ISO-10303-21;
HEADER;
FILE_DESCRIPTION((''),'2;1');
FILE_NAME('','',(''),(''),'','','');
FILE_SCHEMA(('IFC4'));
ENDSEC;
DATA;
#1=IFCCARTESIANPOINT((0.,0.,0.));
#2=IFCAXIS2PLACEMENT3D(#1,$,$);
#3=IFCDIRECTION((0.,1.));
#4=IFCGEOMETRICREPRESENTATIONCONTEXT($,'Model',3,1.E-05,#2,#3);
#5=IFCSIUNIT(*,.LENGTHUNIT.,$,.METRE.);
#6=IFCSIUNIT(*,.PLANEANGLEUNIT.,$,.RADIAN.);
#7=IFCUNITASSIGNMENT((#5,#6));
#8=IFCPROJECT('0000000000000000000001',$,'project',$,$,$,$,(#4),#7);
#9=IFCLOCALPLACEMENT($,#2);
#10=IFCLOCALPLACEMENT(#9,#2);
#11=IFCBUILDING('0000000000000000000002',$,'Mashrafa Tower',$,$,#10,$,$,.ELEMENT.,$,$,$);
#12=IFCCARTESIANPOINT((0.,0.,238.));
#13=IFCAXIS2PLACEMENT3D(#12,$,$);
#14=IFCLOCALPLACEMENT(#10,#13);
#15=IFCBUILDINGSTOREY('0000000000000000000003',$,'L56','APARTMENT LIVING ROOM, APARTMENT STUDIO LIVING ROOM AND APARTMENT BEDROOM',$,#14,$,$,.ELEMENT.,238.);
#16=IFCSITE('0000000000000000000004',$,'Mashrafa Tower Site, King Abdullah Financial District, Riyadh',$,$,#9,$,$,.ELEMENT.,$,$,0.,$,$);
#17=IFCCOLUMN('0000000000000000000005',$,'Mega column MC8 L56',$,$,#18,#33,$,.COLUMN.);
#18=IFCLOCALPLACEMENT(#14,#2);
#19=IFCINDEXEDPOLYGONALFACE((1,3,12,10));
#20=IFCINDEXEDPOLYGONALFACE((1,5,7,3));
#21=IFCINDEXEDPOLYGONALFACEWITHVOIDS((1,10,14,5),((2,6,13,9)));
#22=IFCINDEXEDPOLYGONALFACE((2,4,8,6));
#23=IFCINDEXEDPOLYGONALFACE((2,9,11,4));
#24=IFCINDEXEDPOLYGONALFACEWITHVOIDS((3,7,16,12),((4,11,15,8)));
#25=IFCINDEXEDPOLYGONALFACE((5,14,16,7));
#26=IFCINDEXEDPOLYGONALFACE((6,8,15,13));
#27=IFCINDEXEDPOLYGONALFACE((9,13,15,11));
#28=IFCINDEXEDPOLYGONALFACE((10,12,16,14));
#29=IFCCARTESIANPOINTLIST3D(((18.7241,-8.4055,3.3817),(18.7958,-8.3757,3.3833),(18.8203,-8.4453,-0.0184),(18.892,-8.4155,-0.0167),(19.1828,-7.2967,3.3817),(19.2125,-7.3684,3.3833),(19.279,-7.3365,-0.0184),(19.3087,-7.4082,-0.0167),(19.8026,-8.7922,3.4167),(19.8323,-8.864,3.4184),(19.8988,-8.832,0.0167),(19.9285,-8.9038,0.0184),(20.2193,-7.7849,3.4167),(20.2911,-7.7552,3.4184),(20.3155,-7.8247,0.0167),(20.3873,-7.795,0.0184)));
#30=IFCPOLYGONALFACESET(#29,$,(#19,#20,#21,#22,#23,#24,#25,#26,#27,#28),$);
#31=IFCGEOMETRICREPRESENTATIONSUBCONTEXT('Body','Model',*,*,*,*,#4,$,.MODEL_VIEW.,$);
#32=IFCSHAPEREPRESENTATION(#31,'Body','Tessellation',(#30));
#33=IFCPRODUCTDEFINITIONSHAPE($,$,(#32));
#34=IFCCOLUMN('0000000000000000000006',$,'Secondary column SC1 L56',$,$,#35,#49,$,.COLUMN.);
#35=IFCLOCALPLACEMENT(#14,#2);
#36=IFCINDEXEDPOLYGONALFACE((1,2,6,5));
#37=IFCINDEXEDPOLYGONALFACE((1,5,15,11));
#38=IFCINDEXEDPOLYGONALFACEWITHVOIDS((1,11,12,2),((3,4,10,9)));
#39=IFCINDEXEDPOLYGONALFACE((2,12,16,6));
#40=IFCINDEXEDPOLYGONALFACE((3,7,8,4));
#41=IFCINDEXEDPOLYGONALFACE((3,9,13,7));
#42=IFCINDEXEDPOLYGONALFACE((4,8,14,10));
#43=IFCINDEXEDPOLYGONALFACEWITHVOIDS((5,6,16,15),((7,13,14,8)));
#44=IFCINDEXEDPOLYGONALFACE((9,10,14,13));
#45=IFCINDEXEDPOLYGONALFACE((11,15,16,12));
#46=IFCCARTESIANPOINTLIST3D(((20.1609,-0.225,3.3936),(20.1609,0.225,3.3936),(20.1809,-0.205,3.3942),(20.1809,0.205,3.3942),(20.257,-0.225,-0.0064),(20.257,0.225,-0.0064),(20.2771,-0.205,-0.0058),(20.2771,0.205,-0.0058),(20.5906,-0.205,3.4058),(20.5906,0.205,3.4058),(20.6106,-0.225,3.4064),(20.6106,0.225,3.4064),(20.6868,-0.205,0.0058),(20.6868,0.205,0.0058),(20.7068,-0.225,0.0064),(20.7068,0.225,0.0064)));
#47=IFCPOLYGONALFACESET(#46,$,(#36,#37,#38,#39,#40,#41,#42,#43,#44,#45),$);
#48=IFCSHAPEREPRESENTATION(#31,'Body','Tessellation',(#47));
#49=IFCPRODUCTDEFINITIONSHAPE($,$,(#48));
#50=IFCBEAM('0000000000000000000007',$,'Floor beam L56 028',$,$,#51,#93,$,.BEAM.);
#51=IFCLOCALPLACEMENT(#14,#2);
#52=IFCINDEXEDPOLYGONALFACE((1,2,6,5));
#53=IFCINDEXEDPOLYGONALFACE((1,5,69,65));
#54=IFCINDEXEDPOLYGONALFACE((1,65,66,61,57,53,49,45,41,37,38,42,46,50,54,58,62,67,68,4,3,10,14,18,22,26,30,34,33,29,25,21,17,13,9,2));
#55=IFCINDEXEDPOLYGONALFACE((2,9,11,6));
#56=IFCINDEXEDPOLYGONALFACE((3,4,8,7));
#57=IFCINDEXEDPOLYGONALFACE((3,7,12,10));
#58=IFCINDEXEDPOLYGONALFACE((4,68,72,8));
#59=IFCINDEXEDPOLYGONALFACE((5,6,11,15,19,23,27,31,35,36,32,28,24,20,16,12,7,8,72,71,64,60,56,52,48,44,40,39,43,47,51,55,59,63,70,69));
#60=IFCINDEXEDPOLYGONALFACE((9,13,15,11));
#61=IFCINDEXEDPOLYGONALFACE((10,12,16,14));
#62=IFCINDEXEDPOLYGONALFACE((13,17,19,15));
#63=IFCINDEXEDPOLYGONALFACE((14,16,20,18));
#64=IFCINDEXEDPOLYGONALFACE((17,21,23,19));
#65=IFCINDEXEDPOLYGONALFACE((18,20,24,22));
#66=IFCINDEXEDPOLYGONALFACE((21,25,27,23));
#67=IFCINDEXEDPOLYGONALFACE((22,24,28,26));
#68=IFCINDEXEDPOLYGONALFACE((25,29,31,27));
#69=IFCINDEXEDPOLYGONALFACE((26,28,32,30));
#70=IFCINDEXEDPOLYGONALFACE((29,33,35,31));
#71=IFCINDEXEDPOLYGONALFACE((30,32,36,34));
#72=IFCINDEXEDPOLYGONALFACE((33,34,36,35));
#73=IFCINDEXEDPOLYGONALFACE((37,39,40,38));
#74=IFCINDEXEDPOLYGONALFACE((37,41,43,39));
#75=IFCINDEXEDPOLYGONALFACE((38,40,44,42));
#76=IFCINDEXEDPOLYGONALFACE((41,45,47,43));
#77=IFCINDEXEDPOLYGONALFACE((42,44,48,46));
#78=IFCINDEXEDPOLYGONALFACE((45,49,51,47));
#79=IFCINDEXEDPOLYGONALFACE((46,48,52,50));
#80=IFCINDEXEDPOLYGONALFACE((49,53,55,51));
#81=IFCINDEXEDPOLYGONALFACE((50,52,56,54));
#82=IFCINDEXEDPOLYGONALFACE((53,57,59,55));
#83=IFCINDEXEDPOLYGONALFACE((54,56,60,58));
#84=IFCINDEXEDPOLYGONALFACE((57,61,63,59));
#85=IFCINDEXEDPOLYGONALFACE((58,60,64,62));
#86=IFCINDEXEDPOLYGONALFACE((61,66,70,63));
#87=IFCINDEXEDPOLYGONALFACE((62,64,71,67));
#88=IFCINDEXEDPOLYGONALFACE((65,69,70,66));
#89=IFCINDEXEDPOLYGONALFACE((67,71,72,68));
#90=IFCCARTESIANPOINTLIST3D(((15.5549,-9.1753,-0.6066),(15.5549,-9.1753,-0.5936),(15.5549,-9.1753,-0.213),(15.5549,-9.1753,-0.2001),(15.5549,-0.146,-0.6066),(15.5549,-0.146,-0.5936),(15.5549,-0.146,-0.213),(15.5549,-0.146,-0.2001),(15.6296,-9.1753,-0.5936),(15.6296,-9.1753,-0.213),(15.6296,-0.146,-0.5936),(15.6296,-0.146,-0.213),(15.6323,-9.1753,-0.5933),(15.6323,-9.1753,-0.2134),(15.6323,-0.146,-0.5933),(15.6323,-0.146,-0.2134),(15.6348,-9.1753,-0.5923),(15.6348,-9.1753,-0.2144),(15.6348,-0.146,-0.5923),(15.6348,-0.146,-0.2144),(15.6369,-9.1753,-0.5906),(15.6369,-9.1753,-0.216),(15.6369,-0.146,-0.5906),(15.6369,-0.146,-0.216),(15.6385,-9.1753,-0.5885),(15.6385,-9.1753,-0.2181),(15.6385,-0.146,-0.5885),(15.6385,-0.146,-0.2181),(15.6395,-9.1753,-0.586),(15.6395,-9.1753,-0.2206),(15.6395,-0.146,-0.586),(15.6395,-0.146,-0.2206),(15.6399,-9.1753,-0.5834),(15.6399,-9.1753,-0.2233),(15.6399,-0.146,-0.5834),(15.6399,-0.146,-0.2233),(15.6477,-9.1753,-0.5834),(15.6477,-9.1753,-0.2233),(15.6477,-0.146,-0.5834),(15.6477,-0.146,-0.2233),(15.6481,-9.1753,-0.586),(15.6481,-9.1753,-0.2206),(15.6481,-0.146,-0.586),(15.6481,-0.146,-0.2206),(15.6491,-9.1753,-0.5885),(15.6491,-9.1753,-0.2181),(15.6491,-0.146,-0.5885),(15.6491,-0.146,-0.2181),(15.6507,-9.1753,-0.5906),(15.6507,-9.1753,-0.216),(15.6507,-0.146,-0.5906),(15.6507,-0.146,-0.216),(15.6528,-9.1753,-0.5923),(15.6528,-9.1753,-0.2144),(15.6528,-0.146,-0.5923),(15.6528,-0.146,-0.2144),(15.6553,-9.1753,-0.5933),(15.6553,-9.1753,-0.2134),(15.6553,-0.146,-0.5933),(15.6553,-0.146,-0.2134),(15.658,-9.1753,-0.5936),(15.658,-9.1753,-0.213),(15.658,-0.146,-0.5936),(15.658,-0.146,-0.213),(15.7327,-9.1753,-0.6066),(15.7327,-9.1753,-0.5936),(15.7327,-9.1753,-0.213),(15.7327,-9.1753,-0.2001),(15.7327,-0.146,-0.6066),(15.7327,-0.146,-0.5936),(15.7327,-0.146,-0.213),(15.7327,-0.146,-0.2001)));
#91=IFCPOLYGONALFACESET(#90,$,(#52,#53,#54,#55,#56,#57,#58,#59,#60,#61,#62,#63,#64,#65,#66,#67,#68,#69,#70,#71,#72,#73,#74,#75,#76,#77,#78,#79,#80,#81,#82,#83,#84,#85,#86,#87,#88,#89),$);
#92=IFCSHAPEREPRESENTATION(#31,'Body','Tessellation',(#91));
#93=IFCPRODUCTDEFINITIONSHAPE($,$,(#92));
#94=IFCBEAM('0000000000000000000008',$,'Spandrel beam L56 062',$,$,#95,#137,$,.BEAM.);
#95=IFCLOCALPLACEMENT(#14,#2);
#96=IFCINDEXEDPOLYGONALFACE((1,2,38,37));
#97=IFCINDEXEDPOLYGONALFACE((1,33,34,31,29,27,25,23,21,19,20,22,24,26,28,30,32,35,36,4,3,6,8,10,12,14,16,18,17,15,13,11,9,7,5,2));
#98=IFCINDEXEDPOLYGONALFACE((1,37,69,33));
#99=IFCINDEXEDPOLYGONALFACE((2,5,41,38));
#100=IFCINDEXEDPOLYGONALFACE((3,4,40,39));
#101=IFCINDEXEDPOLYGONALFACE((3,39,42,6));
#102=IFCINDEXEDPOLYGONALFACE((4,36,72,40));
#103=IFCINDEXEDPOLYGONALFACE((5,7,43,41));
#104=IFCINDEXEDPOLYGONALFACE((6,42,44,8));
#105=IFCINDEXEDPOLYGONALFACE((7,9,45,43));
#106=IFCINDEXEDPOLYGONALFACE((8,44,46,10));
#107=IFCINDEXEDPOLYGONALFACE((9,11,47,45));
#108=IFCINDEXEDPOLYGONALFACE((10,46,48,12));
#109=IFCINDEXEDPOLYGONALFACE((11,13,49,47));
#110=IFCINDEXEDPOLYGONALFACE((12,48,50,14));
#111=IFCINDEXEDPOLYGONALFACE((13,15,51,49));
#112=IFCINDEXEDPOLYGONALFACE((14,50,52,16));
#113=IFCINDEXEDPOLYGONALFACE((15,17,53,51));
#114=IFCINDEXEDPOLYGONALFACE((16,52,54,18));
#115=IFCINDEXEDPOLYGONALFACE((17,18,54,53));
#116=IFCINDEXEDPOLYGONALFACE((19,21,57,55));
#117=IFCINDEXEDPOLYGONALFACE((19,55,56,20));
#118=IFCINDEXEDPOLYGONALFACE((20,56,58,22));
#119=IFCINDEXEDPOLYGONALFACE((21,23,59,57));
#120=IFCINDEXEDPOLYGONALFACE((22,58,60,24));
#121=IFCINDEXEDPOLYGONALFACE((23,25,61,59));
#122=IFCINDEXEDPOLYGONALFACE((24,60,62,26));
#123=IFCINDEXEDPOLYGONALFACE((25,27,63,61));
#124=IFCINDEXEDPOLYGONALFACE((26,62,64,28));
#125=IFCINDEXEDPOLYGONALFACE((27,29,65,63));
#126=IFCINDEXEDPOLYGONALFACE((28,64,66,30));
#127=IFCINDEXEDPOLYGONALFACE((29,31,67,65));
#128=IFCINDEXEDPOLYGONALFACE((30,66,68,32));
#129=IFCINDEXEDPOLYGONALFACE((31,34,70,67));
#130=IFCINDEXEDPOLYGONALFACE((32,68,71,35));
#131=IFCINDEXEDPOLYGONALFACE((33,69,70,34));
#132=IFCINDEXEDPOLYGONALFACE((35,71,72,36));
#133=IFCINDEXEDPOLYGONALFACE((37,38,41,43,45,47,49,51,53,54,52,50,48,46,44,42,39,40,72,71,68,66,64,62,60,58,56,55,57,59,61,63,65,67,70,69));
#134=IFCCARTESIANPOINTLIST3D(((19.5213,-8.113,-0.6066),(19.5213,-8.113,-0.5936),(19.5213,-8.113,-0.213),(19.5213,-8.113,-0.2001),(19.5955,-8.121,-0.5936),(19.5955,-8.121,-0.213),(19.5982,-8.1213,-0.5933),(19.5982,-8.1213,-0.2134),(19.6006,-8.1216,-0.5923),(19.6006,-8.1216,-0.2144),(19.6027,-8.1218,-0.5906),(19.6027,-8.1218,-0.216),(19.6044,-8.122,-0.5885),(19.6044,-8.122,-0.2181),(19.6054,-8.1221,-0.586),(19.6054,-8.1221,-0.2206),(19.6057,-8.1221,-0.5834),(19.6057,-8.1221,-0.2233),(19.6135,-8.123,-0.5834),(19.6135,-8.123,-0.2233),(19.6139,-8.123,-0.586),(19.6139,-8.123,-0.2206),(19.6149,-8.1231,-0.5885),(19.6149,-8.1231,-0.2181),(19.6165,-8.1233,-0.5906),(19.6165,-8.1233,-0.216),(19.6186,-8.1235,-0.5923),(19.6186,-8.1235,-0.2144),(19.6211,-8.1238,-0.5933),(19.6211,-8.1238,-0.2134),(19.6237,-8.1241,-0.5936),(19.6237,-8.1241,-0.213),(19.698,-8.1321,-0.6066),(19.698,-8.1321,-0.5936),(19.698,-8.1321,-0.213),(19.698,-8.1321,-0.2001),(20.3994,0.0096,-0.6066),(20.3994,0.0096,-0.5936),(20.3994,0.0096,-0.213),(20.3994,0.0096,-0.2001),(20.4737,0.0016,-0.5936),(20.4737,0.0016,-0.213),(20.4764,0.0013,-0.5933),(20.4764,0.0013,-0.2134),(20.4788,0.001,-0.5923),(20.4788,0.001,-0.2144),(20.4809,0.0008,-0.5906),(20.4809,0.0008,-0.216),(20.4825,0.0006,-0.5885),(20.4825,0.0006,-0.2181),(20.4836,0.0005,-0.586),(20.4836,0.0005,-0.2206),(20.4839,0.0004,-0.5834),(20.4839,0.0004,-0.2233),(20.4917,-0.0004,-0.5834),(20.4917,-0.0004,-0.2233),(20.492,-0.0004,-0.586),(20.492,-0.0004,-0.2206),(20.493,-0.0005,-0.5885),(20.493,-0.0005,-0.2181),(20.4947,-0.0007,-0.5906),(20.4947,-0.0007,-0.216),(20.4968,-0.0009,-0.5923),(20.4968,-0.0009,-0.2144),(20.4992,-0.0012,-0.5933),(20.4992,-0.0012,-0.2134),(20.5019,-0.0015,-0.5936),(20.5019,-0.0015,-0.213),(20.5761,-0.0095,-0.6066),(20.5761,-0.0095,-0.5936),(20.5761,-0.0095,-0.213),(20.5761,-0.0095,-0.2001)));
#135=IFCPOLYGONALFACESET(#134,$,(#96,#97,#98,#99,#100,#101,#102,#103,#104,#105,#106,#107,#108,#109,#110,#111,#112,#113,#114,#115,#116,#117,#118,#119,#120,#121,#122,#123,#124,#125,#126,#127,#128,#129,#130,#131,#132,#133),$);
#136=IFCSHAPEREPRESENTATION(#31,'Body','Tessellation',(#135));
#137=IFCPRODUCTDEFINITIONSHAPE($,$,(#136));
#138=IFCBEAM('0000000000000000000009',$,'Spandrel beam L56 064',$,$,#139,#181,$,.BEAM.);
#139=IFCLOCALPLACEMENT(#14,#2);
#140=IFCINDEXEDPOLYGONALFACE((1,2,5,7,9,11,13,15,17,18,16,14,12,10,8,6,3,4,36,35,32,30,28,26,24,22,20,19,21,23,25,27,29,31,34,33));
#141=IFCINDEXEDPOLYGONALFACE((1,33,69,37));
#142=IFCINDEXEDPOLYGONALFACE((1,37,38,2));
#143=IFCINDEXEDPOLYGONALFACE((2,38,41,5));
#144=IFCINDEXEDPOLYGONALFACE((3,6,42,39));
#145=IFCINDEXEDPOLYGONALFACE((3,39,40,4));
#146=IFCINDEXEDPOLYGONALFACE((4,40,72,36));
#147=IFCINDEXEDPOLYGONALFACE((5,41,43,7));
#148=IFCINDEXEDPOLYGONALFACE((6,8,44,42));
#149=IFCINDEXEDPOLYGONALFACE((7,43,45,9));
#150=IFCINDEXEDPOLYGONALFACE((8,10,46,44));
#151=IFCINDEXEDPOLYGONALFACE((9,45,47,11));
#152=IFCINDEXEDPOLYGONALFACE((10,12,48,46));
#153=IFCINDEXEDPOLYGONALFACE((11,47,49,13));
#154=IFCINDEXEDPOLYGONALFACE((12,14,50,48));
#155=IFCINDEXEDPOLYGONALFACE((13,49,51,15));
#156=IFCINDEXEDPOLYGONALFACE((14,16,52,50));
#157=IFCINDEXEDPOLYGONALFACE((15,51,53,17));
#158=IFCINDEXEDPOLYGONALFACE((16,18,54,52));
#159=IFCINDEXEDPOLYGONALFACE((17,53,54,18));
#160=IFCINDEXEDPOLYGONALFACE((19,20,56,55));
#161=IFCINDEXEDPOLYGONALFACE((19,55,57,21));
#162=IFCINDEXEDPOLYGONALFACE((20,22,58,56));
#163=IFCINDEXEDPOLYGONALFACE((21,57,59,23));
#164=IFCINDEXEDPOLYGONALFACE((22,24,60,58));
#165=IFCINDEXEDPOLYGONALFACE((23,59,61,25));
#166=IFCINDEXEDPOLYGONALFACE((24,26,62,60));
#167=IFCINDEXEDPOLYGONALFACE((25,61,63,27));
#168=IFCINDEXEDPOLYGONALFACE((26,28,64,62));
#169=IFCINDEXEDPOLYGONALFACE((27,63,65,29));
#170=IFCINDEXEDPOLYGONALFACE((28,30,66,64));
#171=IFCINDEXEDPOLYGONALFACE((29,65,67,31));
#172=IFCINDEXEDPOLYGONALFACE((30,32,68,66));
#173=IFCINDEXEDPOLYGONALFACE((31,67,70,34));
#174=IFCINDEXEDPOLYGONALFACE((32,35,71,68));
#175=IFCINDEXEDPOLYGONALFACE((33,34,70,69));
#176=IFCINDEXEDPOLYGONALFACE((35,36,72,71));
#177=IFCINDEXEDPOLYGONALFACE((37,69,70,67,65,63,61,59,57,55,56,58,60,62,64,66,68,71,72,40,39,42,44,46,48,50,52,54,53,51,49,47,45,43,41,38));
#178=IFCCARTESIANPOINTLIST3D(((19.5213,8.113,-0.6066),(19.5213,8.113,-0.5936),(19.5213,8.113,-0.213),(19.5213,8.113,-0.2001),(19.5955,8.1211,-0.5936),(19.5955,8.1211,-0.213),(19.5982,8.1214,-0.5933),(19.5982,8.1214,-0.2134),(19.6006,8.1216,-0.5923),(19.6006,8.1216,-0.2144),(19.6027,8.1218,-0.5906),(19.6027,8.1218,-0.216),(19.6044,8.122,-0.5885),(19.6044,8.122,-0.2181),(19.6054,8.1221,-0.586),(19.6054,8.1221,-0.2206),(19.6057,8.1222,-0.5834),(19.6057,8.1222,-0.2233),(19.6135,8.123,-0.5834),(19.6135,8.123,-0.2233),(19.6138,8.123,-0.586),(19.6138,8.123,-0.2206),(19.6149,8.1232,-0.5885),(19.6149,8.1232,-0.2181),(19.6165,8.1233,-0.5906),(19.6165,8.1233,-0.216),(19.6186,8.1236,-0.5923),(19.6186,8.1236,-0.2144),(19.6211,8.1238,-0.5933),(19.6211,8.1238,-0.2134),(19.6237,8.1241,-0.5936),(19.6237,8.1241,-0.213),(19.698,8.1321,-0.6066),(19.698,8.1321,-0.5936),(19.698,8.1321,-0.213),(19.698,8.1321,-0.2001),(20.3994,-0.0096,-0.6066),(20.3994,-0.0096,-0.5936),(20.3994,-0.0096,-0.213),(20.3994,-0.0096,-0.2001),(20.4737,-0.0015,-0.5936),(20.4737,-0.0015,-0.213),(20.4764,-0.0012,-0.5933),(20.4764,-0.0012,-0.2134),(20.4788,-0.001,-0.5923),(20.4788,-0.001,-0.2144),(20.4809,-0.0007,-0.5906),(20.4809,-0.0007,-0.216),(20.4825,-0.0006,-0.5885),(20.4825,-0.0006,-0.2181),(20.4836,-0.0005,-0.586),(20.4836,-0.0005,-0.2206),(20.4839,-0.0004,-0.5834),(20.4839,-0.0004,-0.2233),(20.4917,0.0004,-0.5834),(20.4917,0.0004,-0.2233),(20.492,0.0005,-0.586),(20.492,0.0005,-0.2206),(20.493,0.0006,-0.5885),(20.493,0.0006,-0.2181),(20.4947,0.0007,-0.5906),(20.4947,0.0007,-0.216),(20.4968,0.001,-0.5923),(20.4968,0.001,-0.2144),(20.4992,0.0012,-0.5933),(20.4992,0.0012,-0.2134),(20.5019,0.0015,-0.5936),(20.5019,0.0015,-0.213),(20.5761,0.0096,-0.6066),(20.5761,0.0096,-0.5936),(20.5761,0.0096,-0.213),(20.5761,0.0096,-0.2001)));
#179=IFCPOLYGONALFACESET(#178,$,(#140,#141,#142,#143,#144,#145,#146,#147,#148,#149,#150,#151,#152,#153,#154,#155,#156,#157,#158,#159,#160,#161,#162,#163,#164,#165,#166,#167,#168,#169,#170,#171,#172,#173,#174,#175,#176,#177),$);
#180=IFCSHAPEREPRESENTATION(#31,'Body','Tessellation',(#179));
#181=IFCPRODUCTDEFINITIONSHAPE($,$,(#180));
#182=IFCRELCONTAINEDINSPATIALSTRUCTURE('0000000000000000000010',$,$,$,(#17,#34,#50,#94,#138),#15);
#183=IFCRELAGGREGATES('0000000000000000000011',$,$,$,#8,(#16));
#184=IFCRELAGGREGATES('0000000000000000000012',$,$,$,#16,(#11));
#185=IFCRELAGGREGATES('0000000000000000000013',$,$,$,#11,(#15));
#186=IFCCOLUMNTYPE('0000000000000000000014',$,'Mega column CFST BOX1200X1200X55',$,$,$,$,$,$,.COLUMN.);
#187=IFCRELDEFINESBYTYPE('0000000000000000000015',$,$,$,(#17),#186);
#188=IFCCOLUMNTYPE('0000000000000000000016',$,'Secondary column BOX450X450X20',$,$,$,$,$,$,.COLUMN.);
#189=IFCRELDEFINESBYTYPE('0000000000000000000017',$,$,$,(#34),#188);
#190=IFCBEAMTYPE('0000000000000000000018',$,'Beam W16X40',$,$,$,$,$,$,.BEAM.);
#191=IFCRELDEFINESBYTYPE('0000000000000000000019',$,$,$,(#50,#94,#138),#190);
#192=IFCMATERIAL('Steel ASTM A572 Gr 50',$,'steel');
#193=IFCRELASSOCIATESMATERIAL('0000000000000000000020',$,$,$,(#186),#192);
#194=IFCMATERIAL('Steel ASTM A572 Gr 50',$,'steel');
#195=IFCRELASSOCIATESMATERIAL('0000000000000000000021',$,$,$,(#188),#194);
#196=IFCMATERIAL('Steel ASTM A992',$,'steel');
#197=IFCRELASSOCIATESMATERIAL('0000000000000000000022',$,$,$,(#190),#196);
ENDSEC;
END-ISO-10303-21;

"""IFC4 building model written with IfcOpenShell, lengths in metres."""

from ifc_helpers import new_model, si_unit, direction, frame, origin, origin_2d, place, context, subcontext, project, spatial, hollow_rectangle, i_section, extrude, material, material_profile, profile_set, type_object, element, save


model = new_model("IFC4")

# Units and contexts
model_context = context("Model", 3, precision=1e-05, world=origin(), true_north=direction((0.0, 1.0)))
body_context = subcontext(model_context, "Body", "Model", "MODEL_VIEW")
ifc_project = project(units=[si_unit("LENGTHUNIT", "METRE"), si_unit("PLANEANGLEUNIT", "RADIAN")], contexts=[model_context])

# Site, building, storey
site_placement = place(None, origin())
site = spatial("IfcSite", under=ifc_project, at=site_placement, Name="Mashrafa Tower Site, King Abdullah Financial District, Riyadh", CompositionType="ELEMENT", RefElevation=0.0)
building_placement = place(site_placement, origin())
building = spatial("IfcBuilding", under=site, at=building_placement, Name="Mashrafa Tower", CompositionType="ELEMENT")
storey_placement = place(building_placement, frame((0.0, 0.0, 238.0)))
storey = spatial("IfcBuildingStorey", under=building, at=storey_placement, Name="L56", Description="APARTMENT LIVING ROOM, APARTMENT STUDIO LIVING ROOM AND APARTMENT BEDROOM", CompositionType="ELEMENT", Elevation=238.0)

# Columns
ifc_material_1 = material(Name="Steel ASTM A572 Gr 50", Category="steel")
ifc_material_profile_1 = material_profile(ifc_material_1, hollow_rectangle(XDim=1.2, YDim=1.2, WallThickness=0.0549, at=origin_2d()), Name="BOX1200X1200X55")
ifc_profile_set_1 = profile_set([ifc_material_profile_1], Name="Steel ASTM A572 Gr 50")
column_type_1 = type_object("IfcColumnType", Name="Mega column CFST BOX1200X1200X55", PredefinedType="COLUMN", material=ifc_profile_set_1)
column_1_placement = place(storey_placement, frame((19.6038, -8.1201, 0.0), z_axis=(-0.028279, 0.011699, 0.999532), x_axis=(-0.382283, -0.924045, 0.0)))
element("IfcColumn", 1, at=column_1_placement, inside=storey, type_object=column_type_1, Name="Mega column MC8 L56", PredefinedType="COLUMN", context=body_context, shape_type="SweptSolid", body=[
    extrude(hollow_rectangle(XDim=1.2, YDim=1.2, WallThickness=0.0549, at=origin_2d()), origin(), (0.0, 0.0, 1.0), 3.4016),
])
ifc_material_2 = material(Name="Steel ASTM A572 Gr 50", Category="steel")
ifc_material_profile_2 = material_profile(ifc_material_2, hollow_rectangle(XDim=0.45, YDim=0.45, WallThickness=0.02, at=origin_2d()), Name="BOX450X450X20")
ifc_profile_set_2 = profile_set([ifc_material_profile_2], Name="Steel ASTM A572 Gr 50")
column_type_2 = type_object("IfcColumnType", Name="Secondary column BOX450X450X20", PredefinedType="COLUMN", material=ifc_profile_set_2)
column_2_placement = place(storey_placement, frame((20.4819, 0.0, 0.0), z_axis=(-0.028281, 0.0, 0.9996), x_axis=(0.0, -1.0, 0.0)))
element("IfcColumn", 2, at=column_2_placement, inside=storey, type_object=column_type_2, Name="Secondary column SC1 L56", PredefinedType="COLUMN", context=body_context, shape_type="SweptSolid", body=[
    extrude(hollow_rectangle(XDim=0.45, YDim=0.45, WallThickness=0.02, at=origin_2d()), origin(), (0.0, 0.0, 1.0), 3.4014),
])

# Beams
ifc_material_3 = material(Name="Steel ASTM A992", Category="steel")
ifc_material_profile_3 = material_profile(ifc_material_3, i_section(OverallWidth=0.1777, OverallDepth=0.4065, WebThickness=0.0078, FlangeThickness=0.0129, FilletRadius=0.0103, at=origin_2d()), Name="W16X40")
ifc_profile_set_3 = profile_set([ifc_material_profile_3], Name="Steel ASTM A992")
beam_type_1 = type_object("IfcBeamType", Name="Beam W16X40", PredefinedType="BEAM", material=ifc_profile_set_3)
beam_1_placement = place(storey_placement, frame((15.6438, -0.146, -0.4033), z_axis=(0.0, -1.0, 0.0), x_axis=(1.0, 0.0, 0.0)))
element("IfcBeam", 3, at=beam_1_placement, inside=storey, type_object=beam_type_1, Name="Floor beam L56 028", PredefinedType="BEAM", context=body_context, shape_type="SweptSolid", body=[
    extrude(i_section(OverallWidth=0.1777, OverallDepth=0.4065, WebThickness=0.0078, FlangeThickness=0.0129, FilletRadius=0.0103, at=origin_2d()), origin(), (0.0, 0.0, 1.0), 9.0293),
])
for number, where, z_axis, x_axis, name in (
    (4, (19.6096, -8.1226, -0.4033), (0.107489, 0.994206, 0.0), (-0.994206, 0.107489, 0.0), "Spandrel beam L56 062"),
    (5, (20.4878, 0.0, -0.4033), (-0.107489, 0.994206, 0.0), (-0.994206, -0.107489, 0.0), "Spandrel beam L56 064"),
):
    element("IfcBeam", number, at=place(storey_placement, frame(where, z_axis=z_axis, x_axis=x_axis)), inside=storey, type_object=beam_type_1, Name=name, PredefinedType="BEAM", context=body_context, shape_type="SweptSolid", body=[
        extrude(i_section(OverallWidth=0.1777, OverallDepth=0.4065, WebThickness=0.0078, FlangeThickness=0.0129, FilletRadius=0.0103, at=origin_2d()), origin(), (0.0, 0.0, 1.0), 8.1699),
    ])

save(model, "model.ifc")
